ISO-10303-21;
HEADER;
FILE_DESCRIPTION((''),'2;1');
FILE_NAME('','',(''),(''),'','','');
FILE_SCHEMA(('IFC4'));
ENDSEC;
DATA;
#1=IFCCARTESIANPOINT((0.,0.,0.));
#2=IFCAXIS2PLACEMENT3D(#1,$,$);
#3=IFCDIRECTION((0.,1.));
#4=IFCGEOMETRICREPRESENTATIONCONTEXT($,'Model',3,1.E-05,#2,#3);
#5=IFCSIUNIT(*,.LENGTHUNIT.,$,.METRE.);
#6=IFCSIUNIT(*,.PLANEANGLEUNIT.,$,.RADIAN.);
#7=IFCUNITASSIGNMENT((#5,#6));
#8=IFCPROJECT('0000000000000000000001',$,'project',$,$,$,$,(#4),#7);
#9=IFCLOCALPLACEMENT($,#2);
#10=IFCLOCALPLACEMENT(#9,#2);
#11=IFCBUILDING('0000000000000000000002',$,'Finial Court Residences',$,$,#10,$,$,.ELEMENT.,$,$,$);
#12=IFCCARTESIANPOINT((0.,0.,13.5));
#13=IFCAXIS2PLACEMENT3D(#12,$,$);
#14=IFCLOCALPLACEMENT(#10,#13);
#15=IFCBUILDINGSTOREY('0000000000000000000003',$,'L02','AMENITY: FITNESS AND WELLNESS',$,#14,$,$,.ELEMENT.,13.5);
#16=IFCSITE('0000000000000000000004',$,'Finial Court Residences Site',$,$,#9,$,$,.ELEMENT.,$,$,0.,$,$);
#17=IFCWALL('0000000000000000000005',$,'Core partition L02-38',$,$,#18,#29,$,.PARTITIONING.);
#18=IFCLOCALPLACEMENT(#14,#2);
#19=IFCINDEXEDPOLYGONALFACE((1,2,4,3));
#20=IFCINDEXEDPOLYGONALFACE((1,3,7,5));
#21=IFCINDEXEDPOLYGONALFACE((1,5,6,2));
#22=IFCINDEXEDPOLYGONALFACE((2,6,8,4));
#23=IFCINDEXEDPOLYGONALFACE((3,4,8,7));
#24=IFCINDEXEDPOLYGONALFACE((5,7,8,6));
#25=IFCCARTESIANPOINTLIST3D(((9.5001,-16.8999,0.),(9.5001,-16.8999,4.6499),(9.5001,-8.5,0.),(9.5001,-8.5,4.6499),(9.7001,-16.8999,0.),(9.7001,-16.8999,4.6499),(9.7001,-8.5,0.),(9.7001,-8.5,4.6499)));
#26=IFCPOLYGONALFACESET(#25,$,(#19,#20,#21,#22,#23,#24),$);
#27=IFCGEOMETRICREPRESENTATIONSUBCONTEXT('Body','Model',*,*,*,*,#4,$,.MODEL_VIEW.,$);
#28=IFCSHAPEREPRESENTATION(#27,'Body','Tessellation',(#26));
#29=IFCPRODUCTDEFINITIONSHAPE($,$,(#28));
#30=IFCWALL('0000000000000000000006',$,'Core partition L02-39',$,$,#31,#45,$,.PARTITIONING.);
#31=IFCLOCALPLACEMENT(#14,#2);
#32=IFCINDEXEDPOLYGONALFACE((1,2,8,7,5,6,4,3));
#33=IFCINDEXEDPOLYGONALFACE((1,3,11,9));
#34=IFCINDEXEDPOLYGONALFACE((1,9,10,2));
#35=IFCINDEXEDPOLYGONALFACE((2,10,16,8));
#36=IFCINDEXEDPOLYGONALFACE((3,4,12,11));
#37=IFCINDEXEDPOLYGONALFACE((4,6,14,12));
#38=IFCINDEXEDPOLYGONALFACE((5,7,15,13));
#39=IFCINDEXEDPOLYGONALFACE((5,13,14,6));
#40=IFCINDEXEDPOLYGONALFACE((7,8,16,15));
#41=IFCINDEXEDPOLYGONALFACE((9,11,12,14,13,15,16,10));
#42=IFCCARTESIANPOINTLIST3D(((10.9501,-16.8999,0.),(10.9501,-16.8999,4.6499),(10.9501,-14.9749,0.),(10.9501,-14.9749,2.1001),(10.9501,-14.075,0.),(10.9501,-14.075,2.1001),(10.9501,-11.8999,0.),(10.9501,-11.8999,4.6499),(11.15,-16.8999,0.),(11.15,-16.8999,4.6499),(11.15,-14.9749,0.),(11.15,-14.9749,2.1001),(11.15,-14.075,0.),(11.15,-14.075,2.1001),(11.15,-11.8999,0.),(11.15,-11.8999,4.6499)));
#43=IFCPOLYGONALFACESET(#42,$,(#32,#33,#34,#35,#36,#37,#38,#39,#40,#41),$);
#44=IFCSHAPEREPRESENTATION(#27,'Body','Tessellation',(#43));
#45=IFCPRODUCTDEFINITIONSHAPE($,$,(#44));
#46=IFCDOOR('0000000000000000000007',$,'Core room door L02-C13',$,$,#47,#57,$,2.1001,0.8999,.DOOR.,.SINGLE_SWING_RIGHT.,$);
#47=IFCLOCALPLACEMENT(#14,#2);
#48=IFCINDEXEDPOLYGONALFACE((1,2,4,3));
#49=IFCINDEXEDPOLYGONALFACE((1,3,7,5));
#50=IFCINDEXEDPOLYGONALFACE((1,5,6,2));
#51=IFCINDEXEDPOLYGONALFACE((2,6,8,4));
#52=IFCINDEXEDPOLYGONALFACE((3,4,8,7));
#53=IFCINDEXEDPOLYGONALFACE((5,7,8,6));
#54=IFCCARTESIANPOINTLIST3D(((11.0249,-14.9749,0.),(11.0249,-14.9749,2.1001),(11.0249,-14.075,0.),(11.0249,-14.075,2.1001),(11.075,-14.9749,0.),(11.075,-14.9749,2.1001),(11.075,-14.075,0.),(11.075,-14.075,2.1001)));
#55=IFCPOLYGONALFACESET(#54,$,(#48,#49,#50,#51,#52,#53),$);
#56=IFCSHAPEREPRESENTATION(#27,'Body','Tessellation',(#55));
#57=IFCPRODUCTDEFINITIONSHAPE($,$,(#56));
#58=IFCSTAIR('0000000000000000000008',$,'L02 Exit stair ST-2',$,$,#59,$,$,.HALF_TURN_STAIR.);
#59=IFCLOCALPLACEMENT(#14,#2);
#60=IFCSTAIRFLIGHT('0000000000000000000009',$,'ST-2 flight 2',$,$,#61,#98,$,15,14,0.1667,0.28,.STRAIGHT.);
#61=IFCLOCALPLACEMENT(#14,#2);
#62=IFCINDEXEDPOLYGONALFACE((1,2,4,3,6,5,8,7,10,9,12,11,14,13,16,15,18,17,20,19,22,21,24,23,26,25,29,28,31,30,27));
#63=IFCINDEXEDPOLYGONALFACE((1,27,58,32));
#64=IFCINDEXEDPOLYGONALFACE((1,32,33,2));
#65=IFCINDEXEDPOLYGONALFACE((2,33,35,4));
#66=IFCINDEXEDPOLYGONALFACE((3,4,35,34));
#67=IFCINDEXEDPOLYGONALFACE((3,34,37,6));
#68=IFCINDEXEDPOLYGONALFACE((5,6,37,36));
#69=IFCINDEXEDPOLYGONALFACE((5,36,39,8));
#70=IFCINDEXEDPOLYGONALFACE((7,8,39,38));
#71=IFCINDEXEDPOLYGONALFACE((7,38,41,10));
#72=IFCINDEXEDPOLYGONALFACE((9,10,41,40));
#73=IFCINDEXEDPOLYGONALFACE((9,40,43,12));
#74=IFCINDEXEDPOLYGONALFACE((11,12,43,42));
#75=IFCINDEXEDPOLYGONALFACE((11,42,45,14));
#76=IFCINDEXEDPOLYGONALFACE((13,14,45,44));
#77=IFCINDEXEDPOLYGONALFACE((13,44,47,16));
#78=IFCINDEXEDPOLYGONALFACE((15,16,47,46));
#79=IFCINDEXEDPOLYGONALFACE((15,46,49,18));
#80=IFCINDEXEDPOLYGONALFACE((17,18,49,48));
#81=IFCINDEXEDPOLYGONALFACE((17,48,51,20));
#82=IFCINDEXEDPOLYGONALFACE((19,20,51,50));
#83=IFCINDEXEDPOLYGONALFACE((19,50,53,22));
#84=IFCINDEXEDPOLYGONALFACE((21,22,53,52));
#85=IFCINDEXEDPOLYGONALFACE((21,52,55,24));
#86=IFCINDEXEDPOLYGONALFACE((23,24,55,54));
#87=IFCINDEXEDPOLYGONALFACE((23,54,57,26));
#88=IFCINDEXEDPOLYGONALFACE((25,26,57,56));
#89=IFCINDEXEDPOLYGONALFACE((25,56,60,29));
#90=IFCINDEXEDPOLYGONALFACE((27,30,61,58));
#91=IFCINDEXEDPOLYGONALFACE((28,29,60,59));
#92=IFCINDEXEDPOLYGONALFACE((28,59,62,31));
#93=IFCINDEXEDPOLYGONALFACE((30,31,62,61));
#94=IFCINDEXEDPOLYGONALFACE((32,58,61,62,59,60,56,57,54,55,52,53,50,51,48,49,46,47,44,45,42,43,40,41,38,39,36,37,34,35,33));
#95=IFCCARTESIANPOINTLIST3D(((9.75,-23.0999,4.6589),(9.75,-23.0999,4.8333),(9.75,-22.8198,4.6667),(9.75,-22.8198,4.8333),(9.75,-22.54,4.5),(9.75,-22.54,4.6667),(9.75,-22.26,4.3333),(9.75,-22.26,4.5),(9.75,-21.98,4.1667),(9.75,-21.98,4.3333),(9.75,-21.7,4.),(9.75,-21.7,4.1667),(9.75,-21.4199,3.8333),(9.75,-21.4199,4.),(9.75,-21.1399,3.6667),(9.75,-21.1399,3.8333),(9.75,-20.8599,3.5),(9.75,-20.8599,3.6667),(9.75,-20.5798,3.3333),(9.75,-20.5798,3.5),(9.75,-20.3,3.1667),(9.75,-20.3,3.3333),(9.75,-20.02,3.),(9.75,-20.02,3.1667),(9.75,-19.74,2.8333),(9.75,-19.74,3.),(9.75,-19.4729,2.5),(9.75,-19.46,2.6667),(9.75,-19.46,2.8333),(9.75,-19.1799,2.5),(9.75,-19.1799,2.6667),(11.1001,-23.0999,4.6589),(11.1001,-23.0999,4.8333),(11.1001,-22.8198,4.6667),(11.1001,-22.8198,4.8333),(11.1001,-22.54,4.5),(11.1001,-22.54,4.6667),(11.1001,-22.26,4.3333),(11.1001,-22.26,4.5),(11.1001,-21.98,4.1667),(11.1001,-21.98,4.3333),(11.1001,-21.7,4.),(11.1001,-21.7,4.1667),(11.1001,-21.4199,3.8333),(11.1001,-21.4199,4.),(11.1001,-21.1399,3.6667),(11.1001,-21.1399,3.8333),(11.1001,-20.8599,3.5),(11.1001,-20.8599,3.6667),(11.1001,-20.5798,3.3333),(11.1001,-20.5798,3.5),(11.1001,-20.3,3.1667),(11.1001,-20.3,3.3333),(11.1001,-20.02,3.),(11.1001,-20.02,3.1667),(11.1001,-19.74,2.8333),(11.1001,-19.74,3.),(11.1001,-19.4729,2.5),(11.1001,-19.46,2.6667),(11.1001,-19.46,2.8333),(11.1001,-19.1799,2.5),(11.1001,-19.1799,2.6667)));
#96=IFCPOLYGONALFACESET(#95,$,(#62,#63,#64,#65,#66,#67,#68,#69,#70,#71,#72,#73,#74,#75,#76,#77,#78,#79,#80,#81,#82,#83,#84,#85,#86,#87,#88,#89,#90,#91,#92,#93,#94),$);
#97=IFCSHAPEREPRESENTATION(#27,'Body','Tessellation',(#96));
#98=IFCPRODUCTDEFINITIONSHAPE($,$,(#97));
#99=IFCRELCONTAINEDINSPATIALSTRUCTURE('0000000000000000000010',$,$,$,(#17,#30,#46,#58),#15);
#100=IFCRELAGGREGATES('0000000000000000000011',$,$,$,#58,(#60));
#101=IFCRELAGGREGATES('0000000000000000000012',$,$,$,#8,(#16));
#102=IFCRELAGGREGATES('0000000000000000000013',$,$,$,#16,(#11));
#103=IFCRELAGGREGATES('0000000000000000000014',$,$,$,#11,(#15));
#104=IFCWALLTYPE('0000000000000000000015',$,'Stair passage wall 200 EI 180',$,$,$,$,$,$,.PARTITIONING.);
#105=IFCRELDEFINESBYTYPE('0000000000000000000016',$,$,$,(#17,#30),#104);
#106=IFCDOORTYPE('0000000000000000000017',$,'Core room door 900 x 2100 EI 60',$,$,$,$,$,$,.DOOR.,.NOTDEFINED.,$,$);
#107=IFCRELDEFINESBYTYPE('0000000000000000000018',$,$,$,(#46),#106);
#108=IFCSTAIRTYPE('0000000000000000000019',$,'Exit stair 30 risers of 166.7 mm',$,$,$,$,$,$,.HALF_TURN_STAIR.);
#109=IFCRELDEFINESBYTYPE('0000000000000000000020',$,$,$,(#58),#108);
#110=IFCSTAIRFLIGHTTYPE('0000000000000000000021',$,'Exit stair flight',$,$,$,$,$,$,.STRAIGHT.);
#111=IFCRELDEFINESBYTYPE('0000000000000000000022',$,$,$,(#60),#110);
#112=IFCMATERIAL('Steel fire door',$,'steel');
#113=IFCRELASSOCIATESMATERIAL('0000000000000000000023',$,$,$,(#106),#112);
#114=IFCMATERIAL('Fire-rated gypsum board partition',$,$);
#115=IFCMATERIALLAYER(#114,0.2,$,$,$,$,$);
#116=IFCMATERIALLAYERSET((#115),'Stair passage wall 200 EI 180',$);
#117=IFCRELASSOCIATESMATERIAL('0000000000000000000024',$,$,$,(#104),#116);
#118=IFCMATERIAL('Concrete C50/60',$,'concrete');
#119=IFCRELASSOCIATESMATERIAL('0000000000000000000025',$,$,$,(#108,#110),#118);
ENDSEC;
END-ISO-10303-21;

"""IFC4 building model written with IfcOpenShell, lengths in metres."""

from ifc_helpers import new_model, si_unit, direction, frame, frame_2d, origin, place, context, subcontext, project, spatial, polyline, rectangle, outline, extrude, material, layer, layer_set, type_object, element, fill, aggregate, save


model = new_model("IFC4")

# Units and contexts
model_context = context("Model", 3, precision=1e-05, world=origin(), true_north=direction((0.0, 1.0)))
body_context = subcontext(model_context, "Body", "Model", "MODEL_VIEW")
ifc_project = project(units=[si_unit("LENGTHUNIT", "METRE"), si_unit("PLANEANGLEUNIT", "RADIAN")], contexts=[model_context])

# Site, building, storey
site_placement = place(None, origin())
site = spatial("IfcSite", under=ifc_project, at=site_placement, Name="Finial Court Residences Site", CompositionType="ELEMENT", RefElevation=0.0)
building_placement = place(site_placement, origin())
building = spatial("IfcBuilding", under=site, at=building_placement, Name="Finial Court Residences", CompositionType="ELEMENT")
storey_placement = place(building_placement, frame((0.0, 0.0, 13.5)))
storey = spatial("IfcBuildingStorey", under=building, at=storey_placement, Name="L02", Description="AMENITY: FITNESS AND WELLNESS", CompositionType="ELEMENT", Elevation=13.5)

# Shared definitions
ifc_material_1 = material(Name="Fire-rated gypsum board partition")

# Shared definitions
ifc_material_2 = material(Name="Steel fire door", Category="steel")
door_type_1 = type_object("IfcDoorType", Name="Core room door 900 x 2100 EI 60", OperationType="NOTDEFINED", PredefinedType="DOOR", material=ifc_material_2)

# Wall
ifc_layer_1 = layer(ifc_material_1, 0.2)
ifc_layer_set_1 = layer_set([ifc_layer_1], Name="Stair passage wall 200 EI 180")
wall_type_1 = type_object("IfcWallType", Name="Stair passage wall 200 EI 180", PredefinedType="PARTITIONING", material=ifc_layer_set_1)
wall_1_placement = place(storey_placement, frame((9.6001, -16.8999, 0.0), z_axis=(0.0, 0.0, 1.0), x_axis=(0.0, 1.0, 0.0)))
element("IfcWall", 1, at=wall_1_placement, inside=storey, type_object=wall_type_1, Name="Core partition L02-38", PredefinedType="PARTITIONING", context=body_context, shape_type="SweptSolid", body=[
    extrude(rectangle(XDim=8.3999, YDim=0.2, at=frame_2d((4.2, 0.0))), origin(), (0.0, 0.0, 1.0), 4.6499),
])

# Wall, opening, door
wall_2_placement = place(storey_placement, frame((11.05, -11.8999, 0.0), z_axis=(0.0, 0.0, 1.0), x_axis=(0.0, -1.0, 0.0)))
wall_2 = element("IfcWall", 2, at=wall_2_placement, inside=storey, type_object=wall_type_1, Name="Core partition L02-39", PredefinedType="PARTITIONING", context=body_context, shape_type="SweptSolid", body=[
    extrude(rectangle(XDim=5.0, YDim=0.2, at=frame_2d((2.5, 0.0))), origin(), (0.0, 0.0, 1.0), 4.6499),
])
opening_1_placement = place(wall_2_placement, frame((2.175, 0.0, 0.0)))
opening_1 = element("IfcOpeningElement", 3, at=opening_1_placement, cuts=wall_2, PredefinedType="OPENING", context=body_context, shape_type="SweptSolid", body=[
    extrude(rectangle(XDim=0.8999, YDim=2.1001, at=frame_2d((0.45, 1.05))), frame((0.0, 0.1099, 0.0), z_axis=(0.0, -1.0, 0.0), x_axis=(1.0, 0.0, 0.0)), (0.0, 0.0, 1.0), 0.22),
])
door_1_placement = place(opening_1_placement, origin())
door_1 = element("IfcDoor", 4, at=door_1_placement, inside=storey, type_object=door_type_1, Name="Core room door L02-C13", OperationType="SINGLE_SWING_RIGHT", OverallHeight=2.1001, OverallWidth=0.8999, PredefinedType="DOOR", context=body_context, shape_type="SweptSolid", body=[
    extrude(rectangle(XDim=0.8999, YDim=2.1001, at=frame_2d((0.45, 1.05))), frame((0.0, 0.0249, 0.0), z_axis=(0.0, -1.0, 0.0), x_axis=(1.0, 0.0, 0.0)), (0.0, 0.0, 1.0), 0.05),
])
fill(opening_1, door_1)

# Stair, stair flight
ifc_material_3 = material(Name="Concrete C50/60", Category="concrete")
stair_type = type_object("IfcStairType", Name="Exit stair 30 risers of 166.7 mm", PredefinedType="HALF_TURN_STAIR", material=ifc_material_3)
stair_placement = place(storey_placement, origin())
stair = element("IfcStair", 5, at=stair_placement, inside=storey, type_object=stair_type, Name="L02 Exit stair ST-2", PredefinedType="HALF_TURN_STAIR")
stair_flight_type = type_object("IfcStairFlightType", Name="Exit stair flight", PredefinedType="STRAIGHT", material=ifc_material_3)
stair_flight_placement = place(storey_placement, frame((10.425, -19.1799, 2.5), z_axis=(0.0, 0.0, 1.0), x_axis=(0.0, -1.0, 0.0)))
stair_flight = element("IfcStairFlight", 6, at=stair_flight_placement, type_object=stair_flight_type, Name="ST-2 flight 2", NumberOfRisers=15, NumberOfTreads=14, PredefinedType="STRAIGHT", RiserHeight=0.1667, TreadLength=0.28, context=body_context, shape_type="SweptSolid", body=[
    extrude(outline(polyline([(0.0, 0.0), (0.0, 0.1667), (0.28, 0.1667), (0.28, 0.3333), (0.5601, 0.3333), (0.5601, 0.5), (0.8401, 0.5), (0.8401, 0.6667), (1.1201, 0.6667), (1.1201, 0.8333), (1.3999, 0.8333), (1.3999, 1.0), (1.6799, 1.0), (1.6799, 1.1667), (1.96, 1.1667), (1.96, 1.3333), (2.24, 1.3333), (2.24, 1.5), (2.52, 1.5), (2.52, 1.6667), (2.8, 1.6667), (2.8, 1.8333), (3.0801, 1.8333), (3.0801, 2.0), (3.3601, 2.0), (3.3601, 2.1667), (3.6399, 2.1667), (3.6399, 2.3333), (3.9199, 2.3333), (3.9199, 2.5), (3.9199, 2.1589), (0.293, 0.0), (0.0, 0.0)])), frame((0.0, 0.675, 0.0), z_axis=(0.0, -1.0, 0.0), x_axis=(1.0, 0.0, 0.0)), (0.0, 0.0, 1.0), 1.3501),
])
aggregate(stair, [stair_flight])

save(model, "model.ifc")
